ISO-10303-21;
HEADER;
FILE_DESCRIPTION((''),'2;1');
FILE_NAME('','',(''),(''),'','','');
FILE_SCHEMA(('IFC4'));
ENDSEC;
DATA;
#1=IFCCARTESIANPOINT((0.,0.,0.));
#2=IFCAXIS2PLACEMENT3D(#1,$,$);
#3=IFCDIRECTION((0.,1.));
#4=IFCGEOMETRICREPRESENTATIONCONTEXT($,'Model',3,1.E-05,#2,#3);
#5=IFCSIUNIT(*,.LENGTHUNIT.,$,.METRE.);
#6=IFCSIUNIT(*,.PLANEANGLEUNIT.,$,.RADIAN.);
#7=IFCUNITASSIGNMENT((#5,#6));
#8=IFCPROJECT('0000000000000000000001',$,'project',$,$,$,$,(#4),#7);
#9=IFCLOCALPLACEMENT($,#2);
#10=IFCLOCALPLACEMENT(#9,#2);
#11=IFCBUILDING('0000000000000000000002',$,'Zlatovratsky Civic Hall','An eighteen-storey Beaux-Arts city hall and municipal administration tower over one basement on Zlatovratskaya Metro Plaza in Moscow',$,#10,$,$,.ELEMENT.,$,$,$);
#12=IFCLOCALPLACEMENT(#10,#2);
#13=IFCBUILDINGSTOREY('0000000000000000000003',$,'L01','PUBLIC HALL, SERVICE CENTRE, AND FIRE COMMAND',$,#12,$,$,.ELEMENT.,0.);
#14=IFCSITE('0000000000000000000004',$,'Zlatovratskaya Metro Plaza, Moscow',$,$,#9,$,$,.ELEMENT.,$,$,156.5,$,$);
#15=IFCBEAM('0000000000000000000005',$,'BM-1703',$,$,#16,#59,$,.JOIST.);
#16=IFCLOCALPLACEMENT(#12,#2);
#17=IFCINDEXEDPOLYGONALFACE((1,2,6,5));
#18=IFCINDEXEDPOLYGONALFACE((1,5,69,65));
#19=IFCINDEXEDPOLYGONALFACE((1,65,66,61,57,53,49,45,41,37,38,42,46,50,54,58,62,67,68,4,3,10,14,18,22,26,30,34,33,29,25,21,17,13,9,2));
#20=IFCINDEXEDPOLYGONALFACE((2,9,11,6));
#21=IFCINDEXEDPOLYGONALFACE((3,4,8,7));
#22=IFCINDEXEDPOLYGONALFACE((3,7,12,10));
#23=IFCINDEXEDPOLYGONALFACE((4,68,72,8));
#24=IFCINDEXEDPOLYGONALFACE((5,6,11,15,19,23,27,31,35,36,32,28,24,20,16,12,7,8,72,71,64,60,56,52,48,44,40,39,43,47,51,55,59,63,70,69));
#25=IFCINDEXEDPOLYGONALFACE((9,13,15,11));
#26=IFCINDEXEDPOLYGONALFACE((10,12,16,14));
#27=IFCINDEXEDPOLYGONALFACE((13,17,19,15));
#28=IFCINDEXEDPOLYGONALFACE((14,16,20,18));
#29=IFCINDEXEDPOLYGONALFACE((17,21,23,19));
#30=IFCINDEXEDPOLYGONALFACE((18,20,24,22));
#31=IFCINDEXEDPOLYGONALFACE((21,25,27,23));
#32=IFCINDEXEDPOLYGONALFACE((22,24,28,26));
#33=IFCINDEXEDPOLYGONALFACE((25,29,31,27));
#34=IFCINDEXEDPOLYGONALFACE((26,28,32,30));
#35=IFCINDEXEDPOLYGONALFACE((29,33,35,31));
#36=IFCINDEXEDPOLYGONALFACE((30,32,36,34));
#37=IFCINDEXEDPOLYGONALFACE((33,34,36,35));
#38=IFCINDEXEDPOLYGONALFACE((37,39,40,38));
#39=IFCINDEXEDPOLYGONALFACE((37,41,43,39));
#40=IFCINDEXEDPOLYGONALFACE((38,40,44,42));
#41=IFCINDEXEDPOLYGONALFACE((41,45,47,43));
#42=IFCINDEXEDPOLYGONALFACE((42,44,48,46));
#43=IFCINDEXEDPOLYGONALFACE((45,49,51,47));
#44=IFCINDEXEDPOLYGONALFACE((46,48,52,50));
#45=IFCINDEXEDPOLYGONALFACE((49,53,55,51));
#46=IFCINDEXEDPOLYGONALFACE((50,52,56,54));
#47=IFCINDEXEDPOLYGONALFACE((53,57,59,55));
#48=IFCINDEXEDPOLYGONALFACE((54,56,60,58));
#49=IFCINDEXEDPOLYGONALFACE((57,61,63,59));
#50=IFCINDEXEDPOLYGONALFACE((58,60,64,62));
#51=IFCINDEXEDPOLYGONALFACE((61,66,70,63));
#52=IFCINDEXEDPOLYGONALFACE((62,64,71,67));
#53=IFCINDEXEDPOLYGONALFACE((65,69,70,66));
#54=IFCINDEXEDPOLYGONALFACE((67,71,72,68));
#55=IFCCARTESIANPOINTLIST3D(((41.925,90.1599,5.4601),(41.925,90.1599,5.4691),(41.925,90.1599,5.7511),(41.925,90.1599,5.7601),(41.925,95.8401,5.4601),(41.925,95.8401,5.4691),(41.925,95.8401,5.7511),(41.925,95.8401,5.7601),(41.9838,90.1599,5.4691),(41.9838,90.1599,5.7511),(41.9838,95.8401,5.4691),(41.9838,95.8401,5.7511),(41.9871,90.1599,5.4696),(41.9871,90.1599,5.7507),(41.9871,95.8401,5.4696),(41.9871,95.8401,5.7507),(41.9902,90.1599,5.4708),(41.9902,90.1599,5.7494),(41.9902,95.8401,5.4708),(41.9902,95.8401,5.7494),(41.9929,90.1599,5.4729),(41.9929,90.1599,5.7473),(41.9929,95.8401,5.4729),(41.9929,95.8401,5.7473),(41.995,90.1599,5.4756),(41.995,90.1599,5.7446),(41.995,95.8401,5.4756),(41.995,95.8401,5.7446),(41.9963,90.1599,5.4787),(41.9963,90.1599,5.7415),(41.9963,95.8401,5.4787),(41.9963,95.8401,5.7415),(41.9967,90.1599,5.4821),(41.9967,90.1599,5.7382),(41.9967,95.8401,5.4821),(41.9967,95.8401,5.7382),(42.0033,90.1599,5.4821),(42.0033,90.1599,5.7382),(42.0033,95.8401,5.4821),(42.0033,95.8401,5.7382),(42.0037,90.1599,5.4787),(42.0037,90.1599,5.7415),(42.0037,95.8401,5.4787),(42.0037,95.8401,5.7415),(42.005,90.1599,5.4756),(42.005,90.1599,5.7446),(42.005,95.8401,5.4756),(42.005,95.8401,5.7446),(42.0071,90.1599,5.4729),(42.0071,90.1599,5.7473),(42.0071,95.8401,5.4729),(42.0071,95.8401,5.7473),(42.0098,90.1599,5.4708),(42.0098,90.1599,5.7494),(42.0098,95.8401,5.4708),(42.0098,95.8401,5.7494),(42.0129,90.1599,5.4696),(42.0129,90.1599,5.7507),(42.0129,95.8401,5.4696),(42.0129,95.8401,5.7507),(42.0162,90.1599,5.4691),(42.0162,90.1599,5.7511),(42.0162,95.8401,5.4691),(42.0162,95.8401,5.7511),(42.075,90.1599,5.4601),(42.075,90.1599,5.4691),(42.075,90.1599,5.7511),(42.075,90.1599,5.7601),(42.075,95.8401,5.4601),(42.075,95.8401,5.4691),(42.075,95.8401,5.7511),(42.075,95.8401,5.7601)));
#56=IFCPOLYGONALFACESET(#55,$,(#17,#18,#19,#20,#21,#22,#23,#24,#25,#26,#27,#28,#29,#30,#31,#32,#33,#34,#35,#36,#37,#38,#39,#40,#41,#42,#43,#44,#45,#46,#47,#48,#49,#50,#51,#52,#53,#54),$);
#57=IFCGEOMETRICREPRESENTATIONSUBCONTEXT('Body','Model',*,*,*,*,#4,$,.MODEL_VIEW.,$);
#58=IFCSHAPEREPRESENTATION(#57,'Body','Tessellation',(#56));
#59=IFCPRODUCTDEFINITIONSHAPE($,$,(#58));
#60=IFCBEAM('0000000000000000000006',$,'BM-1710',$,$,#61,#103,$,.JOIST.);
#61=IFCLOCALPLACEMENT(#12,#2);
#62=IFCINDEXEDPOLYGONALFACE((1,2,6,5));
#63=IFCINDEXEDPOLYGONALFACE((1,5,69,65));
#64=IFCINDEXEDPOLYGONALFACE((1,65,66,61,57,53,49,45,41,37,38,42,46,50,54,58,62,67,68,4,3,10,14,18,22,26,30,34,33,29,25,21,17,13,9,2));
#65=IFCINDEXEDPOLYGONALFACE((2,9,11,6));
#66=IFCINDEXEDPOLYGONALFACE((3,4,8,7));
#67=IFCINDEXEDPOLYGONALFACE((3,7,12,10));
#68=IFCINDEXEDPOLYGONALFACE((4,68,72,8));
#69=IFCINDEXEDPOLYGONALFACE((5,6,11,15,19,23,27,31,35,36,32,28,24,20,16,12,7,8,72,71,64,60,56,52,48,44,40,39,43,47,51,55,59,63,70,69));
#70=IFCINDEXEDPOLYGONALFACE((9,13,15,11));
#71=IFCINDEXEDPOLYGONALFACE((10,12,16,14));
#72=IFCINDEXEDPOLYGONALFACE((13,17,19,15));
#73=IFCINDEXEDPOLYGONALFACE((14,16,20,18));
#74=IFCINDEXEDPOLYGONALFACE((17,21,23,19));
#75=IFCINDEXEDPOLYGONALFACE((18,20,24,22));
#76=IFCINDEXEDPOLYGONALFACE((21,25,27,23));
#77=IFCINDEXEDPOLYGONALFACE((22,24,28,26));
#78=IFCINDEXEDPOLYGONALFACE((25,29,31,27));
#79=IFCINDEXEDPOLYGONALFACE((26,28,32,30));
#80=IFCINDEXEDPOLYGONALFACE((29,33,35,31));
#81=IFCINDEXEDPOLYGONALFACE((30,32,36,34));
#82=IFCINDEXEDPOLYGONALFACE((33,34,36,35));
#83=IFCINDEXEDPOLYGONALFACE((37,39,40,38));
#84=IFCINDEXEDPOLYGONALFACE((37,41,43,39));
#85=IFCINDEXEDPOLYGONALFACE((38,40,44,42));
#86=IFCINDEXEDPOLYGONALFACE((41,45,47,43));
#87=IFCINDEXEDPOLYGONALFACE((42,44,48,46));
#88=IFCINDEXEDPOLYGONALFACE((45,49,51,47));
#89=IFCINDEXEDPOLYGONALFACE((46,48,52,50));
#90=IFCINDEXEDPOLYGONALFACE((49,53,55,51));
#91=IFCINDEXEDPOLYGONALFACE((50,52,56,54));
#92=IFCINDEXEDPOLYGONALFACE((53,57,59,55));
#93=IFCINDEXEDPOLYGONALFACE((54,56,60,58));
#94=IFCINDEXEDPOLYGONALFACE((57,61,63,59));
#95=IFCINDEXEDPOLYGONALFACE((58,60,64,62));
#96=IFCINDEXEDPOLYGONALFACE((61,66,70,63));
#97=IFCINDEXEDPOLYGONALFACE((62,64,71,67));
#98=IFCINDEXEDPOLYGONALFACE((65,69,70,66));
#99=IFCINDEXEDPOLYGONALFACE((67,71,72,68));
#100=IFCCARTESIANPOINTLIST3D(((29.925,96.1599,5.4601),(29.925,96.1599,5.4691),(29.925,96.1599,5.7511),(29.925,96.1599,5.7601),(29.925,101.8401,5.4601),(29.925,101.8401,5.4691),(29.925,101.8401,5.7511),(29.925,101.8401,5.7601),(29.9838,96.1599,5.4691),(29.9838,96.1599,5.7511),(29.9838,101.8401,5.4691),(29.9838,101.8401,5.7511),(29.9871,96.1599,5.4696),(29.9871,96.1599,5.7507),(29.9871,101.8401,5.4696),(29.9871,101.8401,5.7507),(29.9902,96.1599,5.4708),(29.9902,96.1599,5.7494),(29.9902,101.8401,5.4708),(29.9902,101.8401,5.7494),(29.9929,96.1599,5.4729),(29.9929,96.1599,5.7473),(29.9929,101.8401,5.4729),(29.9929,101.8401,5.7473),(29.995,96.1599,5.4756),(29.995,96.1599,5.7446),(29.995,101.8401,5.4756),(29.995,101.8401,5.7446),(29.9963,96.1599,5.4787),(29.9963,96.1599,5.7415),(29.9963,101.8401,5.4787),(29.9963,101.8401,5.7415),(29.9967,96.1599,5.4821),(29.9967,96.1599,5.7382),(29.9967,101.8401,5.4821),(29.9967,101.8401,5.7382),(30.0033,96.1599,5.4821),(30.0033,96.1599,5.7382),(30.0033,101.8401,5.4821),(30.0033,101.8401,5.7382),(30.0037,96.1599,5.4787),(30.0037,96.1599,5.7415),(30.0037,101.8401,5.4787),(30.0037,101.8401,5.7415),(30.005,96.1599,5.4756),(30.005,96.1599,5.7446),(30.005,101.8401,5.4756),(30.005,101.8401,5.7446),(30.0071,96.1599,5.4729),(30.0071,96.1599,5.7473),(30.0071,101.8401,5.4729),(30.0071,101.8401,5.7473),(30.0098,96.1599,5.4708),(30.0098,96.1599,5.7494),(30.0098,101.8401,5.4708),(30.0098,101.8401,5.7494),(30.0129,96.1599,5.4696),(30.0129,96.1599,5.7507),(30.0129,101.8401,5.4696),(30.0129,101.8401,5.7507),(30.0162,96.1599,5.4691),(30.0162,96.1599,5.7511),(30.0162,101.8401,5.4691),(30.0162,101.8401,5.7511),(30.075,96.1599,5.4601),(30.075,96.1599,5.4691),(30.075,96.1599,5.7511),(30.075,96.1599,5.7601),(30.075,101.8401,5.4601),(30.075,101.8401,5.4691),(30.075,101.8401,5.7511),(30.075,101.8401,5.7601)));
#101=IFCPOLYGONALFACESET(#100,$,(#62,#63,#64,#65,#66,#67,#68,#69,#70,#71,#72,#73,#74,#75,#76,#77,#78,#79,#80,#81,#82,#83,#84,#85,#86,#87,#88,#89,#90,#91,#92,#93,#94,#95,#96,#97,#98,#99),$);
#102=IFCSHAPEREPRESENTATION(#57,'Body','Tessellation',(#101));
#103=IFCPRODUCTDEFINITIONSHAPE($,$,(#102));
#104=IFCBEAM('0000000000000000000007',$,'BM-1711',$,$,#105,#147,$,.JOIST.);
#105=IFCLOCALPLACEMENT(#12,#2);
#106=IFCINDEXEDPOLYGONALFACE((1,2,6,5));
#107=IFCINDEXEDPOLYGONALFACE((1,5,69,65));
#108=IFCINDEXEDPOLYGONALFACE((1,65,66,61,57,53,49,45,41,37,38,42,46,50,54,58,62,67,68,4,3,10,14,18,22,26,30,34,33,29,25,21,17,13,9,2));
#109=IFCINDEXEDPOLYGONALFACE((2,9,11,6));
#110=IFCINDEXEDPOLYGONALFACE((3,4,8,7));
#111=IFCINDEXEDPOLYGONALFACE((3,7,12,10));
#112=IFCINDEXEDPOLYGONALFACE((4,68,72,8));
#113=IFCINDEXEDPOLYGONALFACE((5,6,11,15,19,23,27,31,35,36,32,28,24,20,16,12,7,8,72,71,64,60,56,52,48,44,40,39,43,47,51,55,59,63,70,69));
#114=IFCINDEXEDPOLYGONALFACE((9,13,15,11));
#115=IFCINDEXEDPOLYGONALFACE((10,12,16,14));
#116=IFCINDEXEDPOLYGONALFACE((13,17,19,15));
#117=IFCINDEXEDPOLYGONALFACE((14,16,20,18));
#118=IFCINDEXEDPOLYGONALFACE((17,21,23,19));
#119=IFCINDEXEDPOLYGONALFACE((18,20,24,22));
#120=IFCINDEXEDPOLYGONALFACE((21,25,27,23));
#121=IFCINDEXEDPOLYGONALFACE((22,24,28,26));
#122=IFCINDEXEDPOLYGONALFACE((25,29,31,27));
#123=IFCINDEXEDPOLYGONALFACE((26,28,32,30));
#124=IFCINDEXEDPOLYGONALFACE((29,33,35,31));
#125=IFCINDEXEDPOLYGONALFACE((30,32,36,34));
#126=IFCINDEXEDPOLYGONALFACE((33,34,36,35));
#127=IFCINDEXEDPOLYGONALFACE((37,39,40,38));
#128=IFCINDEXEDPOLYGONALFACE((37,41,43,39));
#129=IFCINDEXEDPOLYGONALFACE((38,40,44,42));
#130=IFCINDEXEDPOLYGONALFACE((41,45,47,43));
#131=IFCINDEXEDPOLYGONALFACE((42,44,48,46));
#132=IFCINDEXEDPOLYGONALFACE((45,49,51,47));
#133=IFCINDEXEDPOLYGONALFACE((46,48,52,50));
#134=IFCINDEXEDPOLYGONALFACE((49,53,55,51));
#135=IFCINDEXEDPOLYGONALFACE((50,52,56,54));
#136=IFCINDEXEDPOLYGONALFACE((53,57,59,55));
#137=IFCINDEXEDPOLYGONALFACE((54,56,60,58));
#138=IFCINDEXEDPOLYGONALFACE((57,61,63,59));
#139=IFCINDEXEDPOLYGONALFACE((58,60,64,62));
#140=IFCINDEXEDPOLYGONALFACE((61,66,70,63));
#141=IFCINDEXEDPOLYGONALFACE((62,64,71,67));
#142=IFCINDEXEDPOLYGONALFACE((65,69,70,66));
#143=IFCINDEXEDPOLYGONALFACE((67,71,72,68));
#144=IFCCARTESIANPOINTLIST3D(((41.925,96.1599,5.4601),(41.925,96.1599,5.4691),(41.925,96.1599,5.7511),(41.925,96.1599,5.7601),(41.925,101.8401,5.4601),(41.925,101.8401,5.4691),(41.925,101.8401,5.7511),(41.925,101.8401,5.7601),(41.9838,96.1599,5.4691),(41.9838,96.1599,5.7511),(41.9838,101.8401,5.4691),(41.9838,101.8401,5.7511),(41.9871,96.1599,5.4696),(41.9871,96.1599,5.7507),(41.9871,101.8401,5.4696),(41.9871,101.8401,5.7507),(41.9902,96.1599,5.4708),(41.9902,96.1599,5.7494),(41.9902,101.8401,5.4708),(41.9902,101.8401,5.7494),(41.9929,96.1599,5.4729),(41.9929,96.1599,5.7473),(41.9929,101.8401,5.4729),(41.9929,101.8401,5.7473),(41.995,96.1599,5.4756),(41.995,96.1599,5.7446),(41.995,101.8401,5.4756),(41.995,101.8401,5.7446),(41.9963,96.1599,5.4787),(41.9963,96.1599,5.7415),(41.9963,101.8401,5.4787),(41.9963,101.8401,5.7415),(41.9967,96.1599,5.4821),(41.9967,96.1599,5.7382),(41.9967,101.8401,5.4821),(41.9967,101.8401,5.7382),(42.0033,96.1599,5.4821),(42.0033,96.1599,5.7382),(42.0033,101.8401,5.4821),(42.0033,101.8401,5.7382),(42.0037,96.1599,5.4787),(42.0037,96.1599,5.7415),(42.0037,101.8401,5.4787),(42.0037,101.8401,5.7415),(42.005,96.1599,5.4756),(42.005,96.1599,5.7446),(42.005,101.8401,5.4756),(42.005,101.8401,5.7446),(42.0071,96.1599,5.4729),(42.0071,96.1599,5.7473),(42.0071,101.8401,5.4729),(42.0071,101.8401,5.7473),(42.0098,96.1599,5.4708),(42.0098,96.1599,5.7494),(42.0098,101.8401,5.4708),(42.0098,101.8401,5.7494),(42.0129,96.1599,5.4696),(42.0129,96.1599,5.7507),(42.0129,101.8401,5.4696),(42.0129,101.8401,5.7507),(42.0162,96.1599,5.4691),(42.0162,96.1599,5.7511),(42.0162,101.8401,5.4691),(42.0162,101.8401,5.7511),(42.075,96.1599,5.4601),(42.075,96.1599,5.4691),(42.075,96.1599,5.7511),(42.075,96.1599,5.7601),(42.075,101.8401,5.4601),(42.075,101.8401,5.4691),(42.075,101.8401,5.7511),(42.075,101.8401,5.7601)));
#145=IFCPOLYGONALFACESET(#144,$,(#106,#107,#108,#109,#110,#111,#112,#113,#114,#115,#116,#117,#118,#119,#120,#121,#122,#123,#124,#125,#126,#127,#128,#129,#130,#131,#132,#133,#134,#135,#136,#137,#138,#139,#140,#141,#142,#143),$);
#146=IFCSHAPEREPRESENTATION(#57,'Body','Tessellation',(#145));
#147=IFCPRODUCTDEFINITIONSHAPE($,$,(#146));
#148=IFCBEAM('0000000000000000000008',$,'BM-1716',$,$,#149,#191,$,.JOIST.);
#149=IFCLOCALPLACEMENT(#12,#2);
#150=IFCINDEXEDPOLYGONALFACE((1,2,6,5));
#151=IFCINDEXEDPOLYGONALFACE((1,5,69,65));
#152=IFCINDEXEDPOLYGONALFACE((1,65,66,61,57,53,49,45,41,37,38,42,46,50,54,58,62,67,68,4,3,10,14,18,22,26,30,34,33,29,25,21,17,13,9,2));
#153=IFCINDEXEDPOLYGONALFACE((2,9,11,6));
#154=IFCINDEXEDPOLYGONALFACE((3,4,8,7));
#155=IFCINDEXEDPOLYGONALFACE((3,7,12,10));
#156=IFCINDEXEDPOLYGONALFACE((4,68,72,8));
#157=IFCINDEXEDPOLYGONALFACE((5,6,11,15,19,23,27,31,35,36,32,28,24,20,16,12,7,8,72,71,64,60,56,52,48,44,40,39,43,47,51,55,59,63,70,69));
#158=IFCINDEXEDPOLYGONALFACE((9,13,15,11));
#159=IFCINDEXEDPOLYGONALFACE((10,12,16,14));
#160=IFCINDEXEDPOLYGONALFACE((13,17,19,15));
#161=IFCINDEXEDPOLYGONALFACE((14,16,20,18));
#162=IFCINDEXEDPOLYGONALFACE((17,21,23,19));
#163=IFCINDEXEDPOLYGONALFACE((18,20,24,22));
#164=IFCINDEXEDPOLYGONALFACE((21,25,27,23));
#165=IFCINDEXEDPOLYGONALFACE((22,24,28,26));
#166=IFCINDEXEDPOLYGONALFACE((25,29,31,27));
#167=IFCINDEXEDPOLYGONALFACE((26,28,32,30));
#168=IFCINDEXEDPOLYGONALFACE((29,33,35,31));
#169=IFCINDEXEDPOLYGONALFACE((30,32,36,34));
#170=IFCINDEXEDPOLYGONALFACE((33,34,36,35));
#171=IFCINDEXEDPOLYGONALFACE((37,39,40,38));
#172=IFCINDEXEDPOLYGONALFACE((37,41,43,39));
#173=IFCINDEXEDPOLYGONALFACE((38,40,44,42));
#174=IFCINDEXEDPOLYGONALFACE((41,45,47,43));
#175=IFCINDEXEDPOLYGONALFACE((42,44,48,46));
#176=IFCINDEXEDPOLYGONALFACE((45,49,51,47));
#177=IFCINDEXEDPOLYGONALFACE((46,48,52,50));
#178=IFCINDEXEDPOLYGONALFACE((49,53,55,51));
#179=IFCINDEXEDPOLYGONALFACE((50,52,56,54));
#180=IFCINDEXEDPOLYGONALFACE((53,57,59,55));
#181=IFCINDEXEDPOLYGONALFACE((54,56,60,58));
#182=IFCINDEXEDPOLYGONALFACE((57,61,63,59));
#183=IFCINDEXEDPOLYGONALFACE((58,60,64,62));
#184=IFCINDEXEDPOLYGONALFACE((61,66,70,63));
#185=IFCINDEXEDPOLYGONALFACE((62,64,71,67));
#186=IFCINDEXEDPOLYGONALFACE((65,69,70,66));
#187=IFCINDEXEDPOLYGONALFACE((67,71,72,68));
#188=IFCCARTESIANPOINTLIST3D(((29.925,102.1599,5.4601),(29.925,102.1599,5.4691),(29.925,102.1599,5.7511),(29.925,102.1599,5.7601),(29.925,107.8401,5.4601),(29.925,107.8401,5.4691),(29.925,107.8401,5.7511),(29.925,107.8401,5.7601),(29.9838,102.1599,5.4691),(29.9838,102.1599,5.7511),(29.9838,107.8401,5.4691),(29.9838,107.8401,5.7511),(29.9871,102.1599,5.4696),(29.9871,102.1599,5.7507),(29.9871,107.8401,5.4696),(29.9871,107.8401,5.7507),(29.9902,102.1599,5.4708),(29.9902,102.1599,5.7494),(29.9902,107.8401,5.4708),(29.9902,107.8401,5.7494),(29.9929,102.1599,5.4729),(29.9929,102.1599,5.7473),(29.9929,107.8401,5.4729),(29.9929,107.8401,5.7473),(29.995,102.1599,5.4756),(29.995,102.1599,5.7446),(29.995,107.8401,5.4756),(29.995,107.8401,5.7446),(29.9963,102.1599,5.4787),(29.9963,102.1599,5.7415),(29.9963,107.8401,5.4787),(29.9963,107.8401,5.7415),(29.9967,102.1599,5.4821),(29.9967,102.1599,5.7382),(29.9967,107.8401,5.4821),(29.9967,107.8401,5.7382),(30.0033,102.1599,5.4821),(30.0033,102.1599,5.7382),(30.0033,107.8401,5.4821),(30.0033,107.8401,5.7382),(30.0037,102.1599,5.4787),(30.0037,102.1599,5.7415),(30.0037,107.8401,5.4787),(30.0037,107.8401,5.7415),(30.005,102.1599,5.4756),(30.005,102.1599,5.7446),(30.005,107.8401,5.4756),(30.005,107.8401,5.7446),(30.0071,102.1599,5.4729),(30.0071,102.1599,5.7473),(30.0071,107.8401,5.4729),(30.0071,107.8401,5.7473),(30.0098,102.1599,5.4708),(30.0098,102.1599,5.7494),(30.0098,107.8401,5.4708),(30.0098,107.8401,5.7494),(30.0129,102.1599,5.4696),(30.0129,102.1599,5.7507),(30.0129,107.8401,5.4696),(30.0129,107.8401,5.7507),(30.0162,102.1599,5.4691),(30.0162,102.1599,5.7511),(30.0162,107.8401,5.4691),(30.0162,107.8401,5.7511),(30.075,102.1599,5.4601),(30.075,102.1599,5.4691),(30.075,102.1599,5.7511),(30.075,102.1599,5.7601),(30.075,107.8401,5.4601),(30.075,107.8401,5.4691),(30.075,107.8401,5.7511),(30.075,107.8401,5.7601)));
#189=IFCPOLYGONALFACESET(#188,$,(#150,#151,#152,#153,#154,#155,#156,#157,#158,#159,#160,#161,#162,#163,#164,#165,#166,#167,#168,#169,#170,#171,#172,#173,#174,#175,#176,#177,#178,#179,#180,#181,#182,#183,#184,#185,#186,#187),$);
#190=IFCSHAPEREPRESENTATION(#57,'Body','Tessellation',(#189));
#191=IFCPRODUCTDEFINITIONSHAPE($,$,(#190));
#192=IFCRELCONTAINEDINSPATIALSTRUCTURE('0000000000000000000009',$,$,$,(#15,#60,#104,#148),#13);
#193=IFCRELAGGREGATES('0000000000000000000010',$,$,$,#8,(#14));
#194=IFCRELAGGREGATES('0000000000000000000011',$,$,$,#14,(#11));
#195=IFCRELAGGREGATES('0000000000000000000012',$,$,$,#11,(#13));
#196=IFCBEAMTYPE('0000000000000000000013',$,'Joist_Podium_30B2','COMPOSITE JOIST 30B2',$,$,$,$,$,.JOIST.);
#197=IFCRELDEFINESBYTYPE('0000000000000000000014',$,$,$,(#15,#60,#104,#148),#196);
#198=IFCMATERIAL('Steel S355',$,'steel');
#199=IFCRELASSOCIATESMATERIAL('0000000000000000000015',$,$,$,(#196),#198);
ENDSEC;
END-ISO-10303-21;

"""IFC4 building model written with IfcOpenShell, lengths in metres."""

from ifc_helpers import new_model, si_unit, direction, frame, origin, origin_2d, place, context, subcontext, project, spatial, i_section, extrude, material, material_profile, profile_set, type_object, element, save


model = new_model("IFC4")

# Units and contexts
model_context = context("Model", 3, precision=1e-05, world=origin(), true_north=direction((0.0, 1.0)))
body_context = subcontext(model_context, "Body", "Model", "MODEL_VIEW")
ifc_project = project(units=[si_unit("LENGTHUNIT", "METRE"), si_unit("PLANEANGLEUNIT", "RADIAN")], contexts=[model_context])

# Site, building, storey
site_placement = place(None, origin())
site = spatial("IfcSite", under=ifc_project, at=site_placement, Name="Zlatovratskaya Metro Plaza, Moscow", CompositionType="ELEMENT", RefElevation=156.5)
building_placement = place(site_placement, origin())
building = spatial("IfcBuilding", under=site, at=building_placement, Name="Zlatovratsky Civic Hall", Description="An eighteen-storey Beaux-Arts city hall and municipal administration tower over one basement on Zlatovratskaya Metro Plaza in Moscow", CompositionType="ELEMENT")
storey_placement = place(building_placement, origin())
storey = spatial("IfcBuildingStorey", under=building, at=storey_placement, Name="L01", Description="PUBLIC HALL, SERVICE CENTRE, AND FIRE COMMAND", CompositionType="ELEMENT", Elevation=0.0)

# Shared definitions
ifc_material_1 = material(Name="Steel S355", Category="steel")

# Beams
ifc_material_profile_1 = material_profile(ifc_material_1, i_section(OverallWidth=0.1499, OverallDepth=0.3, WebThickness=0.0066, FlangeThickness=0.009, FilletRadius=0.0129, at=origin_2d()), Name="30B2")
ifc_profile_set_1 = profile_set([ifc_material_profile_1], Name="Steel S355")
beam_type_1 = type_object("IfcBeamType", Name="Joist_Podium_30B2", Description="COMPOSITE JOIST 30B2", PredefinedType="JOIST", material=ifc_profile_set_1)
for number, where, z_axis, x_axis, name in (
    (1, (42.0, 90.1599, 5.6101), (0.0, 1.0, 0.0), (-1.0, 0.0, 0.0), "BM-1703"),
    (2, (30.0, 96.1599, 5.6101), (0.0, 1.0, 0.0), (-1.0, 0.0, 0.0), "BM-1710"),
    (3, (42.0, 96.1599, 5.6101), (0.0, 1.0, 0.0), (-1.0, 0.0, 0.0), "BM-1711"),
    (4, (30.0, 102.1599, 5.6101), (0.0, 1.0, 0.0), (-1.0, 0.0, 0.0), "BM-1716"),
):
    element("IfcBeam", number, at=place(storey_placement, frame(where, z_axis=z_axis, x_axis=x_axis)), inside=storey, type_object=beam_type_1, Name=name, PredefinedType="JOIST", context=body_context, shape_type="SweptSolid", body=[
        extrude(i_section(OverallWidth=0.1499, OverallDepth=0.3, WebThickness=0.0066, FlangeThickness=0.009, FilletRadius=0.0129, at=origin_2d()), origin(), (0.0, 0.0, 1.0), 5.6802),
    ])

save(model, "model.ifc")
